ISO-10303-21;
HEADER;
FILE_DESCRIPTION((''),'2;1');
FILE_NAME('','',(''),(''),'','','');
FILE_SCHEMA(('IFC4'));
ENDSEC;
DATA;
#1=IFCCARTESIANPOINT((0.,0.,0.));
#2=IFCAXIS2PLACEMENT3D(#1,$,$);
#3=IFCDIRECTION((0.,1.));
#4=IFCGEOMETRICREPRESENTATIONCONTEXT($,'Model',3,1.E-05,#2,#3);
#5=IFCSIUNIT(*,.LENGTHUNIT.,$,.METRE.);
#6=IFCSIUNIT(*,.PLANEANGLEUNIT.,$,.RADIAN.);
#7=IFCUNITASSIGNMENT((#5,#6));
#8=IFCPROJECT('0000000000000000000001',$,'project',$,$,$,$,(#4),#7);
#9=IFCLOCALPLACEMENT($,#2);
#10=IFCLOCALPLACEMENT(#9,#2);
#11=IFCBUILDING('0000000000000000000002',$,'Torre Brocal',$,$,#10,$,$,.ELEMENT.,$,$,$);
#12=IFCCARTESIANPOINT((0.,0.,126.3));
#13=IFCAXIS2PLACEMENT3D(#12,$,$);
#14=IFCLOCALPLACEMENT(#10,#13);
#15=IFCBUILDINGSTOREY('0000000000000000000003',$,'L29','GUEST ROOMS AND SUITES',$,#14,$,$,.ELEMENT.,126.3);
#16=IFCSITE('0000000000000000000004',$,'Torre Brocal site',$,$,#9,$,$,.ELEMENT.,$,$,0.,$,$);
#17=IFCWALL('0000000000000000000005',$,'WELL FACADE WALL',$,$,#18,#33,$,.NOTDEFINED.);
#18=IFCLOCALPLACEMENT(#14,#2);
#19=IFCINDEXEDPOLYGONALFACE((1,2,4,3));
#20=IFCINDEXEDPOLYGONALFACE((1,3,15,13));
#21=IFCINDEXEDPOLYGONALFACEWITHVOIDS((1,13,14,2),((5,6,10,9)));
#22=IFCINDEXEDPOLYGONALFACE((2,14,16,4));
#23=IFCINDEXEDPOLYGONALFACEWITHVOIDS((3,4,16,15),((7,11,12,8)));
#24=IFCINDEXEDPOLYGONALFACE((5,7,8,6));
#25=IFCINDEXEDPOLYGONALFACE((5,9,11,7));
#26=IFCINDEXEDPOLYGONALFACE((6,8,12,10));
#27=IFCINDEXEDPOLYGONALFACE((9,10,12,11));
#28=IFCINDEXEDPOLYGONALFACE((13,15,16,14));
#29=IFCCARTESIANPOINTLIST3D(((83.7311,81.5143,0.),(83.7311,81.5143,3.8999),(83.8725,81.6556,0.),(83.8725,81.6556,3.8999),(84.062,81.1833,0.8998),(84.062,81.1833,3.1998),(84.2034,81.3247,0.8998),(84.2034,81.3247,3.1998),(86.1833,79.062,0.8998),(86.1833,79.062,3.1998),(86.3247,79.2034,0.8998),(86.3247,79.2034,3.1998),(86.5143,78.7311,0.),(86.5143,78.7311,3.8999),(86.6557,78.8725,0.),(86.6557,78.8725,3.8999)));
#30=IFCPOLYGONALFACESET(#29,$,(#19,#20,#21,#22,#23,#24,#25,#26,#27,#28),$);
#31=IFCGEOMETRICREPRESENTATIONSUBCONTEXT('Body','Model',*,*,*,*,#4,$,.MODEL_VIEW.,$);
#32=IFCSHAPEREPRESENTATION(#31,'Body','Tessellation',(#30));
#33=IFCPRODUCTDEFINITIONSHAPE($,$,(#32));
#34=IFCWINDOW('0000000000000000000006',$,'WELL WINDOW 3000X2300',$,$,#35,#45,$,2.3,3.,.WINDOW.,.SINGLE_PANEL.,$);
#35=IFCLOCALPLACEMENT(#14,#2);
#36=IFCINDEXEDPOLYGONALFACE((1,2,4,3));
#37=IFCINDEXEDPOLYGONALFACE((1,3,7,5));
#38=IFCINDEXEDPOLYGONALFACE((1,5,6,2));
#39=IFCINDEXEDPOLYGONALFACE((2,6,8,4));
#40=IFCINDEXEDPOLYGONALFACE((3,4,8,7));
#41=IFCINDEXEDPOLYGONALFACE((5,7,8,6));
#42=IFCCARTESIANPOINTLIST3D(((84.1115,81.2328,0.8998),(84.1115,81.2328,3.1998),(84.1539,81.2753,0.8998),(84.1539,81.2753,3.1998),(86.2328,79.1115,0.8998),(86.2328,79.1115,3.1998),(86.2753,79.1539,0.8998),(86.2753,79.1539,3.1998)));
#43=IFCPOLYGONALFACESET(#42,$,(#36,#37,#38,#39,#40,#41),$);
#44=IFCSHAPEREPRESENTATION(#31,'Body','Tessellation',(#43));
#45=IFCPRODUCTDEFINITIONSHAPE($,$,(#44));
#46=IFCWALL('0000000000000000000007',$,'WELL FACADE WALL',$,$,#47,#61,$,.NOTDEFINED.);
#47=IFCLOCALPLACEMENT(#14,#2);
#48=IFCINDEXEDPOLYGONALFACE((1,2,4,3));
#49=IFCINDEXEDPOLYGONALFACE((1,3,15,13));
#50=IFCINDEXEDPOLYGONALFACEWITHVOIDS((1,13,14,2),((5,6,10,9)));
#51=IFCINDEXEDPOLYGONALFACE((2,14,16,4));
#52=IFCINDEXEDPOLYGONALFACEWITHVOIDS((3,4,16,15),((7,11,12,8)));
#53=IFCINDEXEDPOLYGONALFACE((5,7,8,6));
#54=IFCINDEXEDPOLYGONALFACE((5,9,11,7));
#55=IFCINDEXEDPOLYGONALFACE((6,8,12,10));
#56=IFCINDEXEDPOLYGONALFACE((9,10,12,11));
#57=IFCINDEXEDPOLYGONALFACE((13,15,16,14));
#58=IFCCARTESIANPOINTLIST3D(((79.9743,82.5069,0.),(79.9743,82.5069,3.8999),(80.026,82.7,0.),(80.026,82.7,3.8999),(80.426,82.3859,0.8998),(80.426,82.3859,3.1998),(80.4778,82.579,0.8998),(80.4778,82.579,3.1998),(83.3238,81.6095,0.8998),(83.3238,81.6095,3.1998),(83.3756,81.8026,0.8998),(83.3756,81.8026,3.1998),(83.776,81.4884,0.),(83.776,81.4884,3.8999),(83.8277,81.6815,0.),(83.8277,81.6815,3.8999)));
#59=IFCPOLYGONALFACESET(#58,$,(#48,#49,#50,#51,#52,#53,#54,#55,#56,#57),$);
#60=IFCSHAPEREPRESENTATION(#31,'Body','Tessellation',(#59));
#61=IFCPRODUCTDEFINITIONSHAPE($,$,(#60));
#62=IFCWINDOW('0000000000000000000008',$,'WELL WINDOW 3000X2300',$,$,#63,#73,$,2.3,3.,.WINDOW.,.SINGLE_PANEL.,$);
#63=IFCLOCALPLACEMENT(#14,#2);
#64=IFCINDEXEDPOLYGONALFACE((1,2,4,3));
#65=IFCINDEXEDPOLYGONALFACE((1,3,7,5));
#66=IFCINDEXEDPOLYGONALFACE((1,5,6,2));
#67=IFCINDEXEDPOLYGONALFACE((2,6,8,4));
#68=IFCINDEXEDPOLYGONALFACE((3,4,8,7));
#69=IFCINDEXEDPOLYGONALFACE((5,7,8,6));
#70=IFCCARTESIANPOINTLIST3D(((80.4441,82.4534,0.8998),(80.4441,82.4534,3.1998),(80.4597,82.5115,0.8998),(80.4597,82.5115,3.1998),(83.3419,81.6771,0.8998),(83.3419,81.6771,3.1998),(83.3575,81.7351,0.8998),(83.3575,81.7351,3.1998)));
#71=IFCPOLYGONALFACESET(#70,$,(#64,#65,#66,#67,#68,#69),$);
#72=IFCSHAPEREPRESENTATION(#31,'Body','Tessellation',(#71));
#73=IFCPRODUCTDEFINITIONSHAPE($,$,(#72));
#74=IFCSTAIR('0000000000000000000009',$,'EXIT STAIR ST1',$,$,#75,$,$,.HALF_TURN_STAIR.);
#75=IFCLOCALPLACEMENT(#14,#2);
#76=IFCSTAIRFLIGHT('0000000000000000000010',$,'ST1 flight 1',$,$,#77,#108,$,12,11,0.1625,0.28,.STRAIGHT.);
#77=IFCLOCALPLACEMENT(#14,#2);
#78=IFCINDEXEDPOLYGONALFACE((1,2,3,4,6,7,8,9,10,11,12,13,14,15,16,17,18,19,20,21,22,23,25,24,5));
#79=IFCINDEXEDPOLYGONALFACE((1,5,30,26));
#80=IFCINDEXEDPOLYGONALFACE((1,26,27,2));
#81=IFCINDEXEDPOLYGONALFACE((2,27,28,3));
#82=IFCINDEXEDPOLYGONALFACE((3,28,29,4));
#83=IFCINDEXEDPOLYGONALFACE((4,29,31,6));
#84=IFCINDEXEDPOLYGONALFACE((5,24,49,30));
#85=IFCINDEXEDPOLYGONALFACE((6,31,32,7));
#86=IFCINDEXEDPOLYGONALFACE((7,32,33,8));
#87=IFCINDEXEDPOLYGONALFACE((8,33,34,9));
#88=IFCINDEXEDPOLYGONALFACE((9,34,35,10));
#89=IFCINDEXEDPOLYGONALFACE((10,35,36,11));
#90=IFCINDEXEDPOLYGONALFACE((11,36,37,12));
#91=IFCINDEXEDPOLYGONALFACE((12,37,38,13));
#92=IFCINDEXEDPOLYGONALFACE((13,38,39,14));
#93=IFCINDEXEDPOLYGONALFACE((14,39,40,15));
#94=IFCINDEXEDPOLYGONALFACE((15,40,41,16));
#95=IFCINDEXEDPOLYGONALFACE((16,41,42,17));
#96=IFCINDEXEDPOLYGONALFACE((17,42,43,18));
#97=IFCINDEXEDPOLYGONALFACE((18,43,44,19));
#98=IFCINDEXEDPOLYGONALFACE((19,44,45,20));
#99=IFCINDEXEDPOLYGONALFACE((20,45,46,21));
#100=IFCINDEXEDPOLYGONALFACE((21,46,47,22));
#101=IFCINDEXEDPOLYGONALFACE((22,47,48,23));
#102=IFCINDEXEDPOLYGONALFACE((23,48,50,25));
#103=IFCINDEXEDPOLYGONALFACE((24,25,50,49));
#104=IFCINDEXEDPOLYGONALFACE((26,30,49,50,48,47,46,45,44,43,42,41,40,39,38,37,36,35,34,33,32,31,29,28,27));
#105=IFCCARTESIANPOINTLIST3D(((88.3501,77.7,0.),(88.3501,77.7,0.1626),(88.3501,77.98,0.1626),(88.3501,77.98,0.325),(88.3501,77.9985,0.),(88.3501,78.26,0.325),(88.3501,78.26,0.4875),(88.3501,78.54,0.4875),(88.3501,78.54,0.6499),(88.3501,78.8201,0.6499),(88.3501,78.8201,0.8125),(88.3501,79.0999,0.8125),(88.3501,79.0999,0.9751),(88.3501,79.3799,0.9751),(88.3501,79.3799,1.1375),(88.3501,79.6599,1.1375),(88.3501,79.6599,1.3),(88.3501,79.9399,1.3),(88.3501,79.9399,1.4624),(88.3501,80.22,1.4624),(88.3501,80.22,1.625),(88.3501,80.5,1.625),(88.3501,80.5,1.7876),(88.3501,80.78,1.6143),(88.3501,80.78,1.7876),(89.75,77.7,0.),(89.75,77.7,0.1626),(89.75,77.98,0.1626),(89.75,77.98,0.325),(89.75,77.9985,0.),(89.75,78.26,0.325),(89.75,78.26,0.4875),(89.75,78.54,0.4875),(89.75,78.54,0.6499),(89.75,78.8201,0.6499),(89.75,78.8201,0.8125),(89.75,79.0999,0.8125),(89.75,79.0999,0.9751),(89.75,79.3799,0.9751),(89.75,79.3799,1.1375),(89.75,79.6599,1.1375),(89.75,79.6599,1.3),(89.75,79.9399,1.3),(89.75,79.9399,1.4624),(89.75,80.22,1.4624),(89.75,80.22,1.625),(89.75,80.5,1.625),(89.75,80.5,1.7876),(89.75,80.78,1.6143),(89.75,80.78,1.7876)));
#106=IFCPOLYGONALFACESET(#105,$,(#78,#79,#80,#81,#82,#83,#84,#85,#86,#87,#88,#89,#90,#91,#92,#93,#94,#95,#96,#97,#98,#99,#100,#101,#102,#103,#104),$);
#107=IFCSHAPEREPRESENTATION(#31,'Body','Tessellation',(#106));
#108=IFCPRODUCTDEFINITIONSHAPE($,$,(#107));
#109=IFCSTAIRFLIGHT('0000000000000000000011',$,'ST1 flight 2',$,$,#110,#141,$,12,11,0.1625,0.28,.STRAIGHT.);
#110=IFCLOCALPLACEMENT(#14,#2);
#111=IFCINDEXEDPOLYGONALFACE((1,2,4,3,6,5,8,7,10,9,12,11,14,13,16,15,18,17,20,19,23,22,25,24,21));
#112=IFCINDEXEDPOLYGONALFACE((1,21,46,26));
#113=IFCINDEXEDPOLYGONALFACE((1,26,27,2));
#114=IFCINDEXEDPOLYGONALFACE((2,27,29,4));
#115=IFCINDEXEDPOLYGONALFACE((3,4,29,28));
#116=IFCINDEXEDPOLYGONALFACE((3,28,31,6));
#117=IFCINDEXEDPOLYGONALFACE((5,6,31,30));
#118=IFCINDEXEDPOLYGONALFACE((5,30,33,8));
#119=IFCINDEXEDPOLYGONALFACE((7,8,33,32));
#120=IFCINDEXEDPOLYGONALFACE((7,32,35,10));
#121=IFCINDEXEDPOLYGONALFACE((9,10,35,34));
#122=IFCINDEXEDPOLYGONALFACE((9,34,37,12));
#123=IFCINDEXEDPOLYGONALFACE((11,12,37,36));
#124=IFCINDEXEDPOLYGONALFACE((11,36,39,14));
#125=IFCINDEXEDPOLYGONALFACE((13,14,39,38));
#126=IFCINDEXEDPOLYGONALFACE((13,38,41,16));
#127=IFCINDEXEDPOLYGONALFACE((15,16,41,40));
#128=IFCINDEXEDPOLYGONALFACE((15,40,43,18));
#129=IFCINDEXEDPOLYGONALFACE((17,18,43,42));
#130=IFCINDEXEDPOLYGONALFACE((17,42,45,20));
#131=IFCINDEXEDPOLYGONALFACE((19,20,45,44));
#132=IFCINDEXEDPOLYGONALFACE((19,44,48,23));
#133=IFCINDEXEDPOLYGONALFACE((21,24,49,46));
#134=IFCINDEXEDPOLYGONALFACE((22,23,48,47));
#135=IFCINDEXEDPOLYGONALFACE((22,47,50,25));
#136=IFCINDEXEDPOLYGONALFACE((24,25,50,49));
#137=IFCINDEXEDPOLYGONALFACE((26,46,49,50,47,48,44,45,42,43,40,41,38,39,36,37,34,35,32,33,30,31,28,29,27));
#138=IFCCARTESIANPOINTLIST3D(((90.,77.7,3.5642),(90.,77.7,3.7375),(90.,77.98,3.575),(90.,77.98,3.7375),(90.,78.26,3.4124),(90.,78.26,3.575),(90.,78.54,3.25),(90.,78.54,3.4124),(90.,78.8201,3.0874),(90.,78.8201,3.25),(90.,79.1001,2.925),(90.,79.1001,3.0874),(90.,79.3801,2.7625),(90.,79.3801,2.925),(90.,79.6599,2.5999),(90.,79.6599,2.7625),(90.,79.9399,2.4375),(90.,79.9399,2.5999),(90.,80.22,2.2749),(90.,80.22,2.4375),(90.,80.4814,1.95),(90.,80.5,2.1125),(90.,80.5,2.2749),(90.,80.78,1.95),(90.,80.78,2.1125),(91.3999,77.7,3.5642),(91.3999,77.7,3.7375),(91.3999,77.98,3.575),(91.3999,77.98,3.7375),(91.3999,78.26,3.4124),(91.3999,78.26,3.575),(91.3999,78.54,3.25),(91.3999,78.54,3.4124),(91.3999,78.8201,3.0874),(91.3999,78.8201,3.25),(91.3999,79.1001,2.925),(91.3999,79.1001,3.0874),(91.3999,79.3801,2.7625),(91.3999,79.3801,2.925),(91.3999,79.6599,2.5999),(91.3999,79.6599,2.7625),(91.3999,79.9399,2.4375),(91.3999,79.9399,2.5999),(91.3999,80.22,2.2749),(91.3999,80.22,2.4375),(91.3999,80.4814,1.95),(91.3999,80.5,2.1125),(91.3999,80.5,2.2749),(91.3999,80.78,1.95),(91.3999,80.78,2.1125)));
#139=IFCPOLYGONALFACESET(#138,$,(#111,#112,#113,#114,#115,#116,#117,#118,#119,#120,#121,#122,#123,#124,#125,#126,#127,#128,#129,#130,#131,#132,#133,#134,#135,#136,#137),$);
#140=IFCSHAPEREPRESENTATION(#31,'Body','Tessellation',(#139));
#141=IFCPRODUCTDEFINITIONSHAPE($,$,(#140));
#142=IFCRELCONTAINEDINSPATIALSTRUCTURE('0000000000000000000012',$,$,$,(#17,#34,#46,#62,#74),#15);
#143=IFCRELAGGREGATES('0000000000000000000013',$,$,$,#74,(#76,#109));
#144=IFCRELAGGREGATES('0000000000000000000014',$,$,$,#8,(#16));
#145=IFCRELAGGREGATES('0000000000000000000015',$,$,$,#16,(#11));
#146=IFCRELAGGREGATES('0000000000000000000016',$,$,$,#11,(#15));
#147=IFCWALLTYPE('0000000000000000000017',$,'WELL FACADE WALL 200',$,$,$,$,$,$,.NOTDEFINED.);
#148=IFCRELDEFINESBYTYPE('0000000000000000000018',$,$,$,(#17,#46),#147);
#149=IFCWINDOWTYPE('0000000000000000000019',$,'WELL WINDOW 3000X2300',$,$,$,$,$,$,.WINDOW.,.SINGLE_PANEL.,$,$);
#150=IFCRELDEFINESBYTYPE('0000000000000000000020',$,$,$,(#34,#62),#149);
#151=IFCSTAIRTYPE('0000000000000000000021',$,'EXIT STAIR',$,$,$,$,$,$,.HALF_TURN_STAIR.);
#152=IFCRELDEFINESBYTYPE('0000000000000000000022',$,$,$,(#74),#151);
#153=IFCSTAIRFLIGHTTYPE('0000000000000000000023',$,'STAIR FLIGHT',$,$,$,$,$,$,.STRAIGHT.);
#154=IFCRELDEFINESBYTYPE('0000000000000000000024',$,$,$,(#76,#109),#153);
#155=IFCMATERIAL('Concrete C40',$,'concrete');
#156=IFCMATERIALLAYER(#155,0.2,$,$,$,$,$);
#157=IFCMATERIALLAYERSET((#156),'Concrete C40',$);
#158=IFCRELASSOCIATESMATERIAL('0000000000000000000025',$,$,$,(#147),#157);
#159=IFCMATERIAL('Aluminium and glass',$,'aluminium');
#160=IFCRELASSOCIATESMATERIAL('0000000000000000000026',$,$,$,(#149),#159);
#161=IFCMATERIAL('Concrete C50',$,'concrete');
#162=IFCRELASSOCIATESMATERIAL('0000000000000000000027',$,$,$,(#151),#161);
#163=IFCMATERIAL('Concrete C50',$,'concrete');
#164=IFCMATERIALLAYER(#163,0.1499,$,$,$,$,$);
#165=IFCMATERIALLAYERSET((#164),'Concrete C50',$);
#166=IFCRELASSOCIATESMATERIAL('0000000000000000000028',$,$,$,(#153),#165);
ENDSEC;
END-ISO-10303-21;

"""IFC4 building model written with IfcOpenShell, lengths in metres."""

from ifc_helpers import new_model, si_unit, direction, frame, frame_2d, origin, place, context, subcontext, project, spatial, polyline, rectangle, outline, extrude, material, layer, layer_set, type_object, element, fill, aggregate, save


model = new_model("IFC4")

# Units and contexts
model_context = context("Model", 3, precision=1e-05, world=origin(), true_north=direction((0.0, 1.0)))
body_context = subcontext(model_context, "Body", "Model", "MODEL_VIEW")
ifc_project = project(units=[si_unit("LENGTHUNIT", "METRE"), si_unit("PLANEANGLEUNIT", "RADIAN")], contexts=[model_context])

# Site, building, storey
site_placement = place(None, origin())
site = spatial("IfcSite", under=ifc_project, at=site_placement, Name="Torre Brocal site", CompositionType="ELEMENT", RefElevation=0.0)
building_placement = place(site_placement, origin())
building = spatial("IfcBuilding", under=site, at=building_placement, Name="Torre Brocal", CompositionType="ELEMENT")
storey_placement = place(building_placement, frame((0.0, 0.0, 126.3)))
storey = spatial("IfcBuildingStorey", under=building, at=storey_placement, Name="L29", Description="GUEST ROOMS AND SUITES", CompositionType="ELEMENT", Elevation=126.3)

# Walls, openings, windows
ifc_material_1 = material(Name="Concrete C40", Category="concrete")
ifc_layer_1 = layer(ifc_material_1, 0.2)
ifc_layer_set_1 = layer_set([ifc_layer_1], Name="Concrete C40")
wall_type_1 = type_object("IfcWallType", Name="WELL FACADE WALL 200", PredefinedType="NOTDEFINED", material=ifc_layer_set_1)
wall_1_placement = place(storey_placement, frame((86.585, 78.8018, 0.0), z_axis=(0.0, 0.0, 1.0), x_axis=(-0.707107, 0.707107, 0.0)))
wall_1 = element("IfcWall", 1, at=wall_1_placement, inside=storey, type_object=wall_type_1, Name="WELL FACADE WALL", PredefinedType="NOTDEFINED", context=body_context, shape_type="SweptSolid", body=[
    extrude(rectangle(XDim=3.936, YDim=0.2, at=frame_2d((1.968, 0.0))), origin(), (0.0, 0.0, 1.0), 3.8999),
])
opening_1_placement = place(wall_1_placement, frame((0.468, 0.0, 0.8999)))
opening_1 = element("IfcOpeningElement", 2, at=opening_1_placement, cuts=wall_1, PredefinedType="OPENING", context=body_context, shape_type="SweptSolid", body=[
    extrude(rectangle(XDim=3.0, YDim=2.3, at=frame_2d((1.5, 1.1499))), frame((0.0, 0.1099, 0.0), z_axis=(0.0, -1.0, 0.0), x_axis=(1.0, 0.0, 0.0)), (0.0, 0.0, 1.0), 0.22),
])
ifc_material_2 = material(Name="Aluminium and glass", Category="aluminium")
window_type = type_object("IfcWindowType", Name="WELL WINDOW 3000X2300", PartitioningType="SINGLE_PANEL", PredefinedType="WINDOW", material=ifc_material_2)
window_1_placement = place(opening_1_placement, origin())
window_1 = element("IfcWindow", 3, at=window_1_placement, inside=storey, type_object=window_type, Name="WELL WINDOW 3000X2300", OverallHeight=2.3, OverallWidth=3.0, PartitioningType="SINGLE_PANEL", PredefinedType="WINDOW", context=body_context, shape_type="SweptSolid", body=[
    extrude(rectangle(XDim=3.0, YDim=2.3, at=frame_2d((1.5, 1.1499))), frame((0.0, 0.03, 0.0), z_axis=(0.0, -1.0, 0.0), x_axis=(1.0, 0.0, 0.0)), (0.0, 0.0, 1.0), 0.0601),
])
fill(opening_1, window_1)
wall_2_placement = place(storey_placement, frame((83.8018, 81.585, 0.0), z_axis=(0.0, 0.0, 1.0), x_axis=(-0.965934, 0.25879, 0.0)))
wall_2 = element("IfcWall", 4, at=wall_2_placement, inside=storey, type_object=wall_type_1, Name="WELL FACADE WALL", PredefinedType="NOTDEFINED", context=body_context, shape_type="SweptSolid", body=[
    extrude(rectangle(XDim=3.9358, YDim=0.2, at=frame_2d((1.9678, 0.0))), origin(), (0.0, 0.0, 1.0), 3.8999),
])
opening_2_placement = place(wall_2_placement, frame((0.468, 0.0, 0.8999)))
opening_2 = element("IfcOpeningElement", 5, at=opening_2_placement, cuts=wall_2, PredefinedType="OPENING", context=body_context, shape_type="SweptSolid", body=[
    extrude(rectangle(XDim=3.0, YDim=2.3, at=frame_2d((1.5, 1.1499))), frame((0.0, 0.1099, 0.0), z_axis=(0.0, -1.0, 0.0), x_axis=(1.0, 0.0, 0.0)), (0.0, 0.0, 1.0), 0.22),
])
window_2_placement = place(opening_2_placement, origin())
window_2 = element("IfcWindow", 6, at=window_2_placement, inside=storey, type_object=window_type, Name="WELL WINDOW 3000X2300", OverallHeight=2.3, OverallWidth=3.0, PartitioningType="SINGLE_PANEL", PredefinedType="WINDOW", context=body_context, shape_type="SweptSolid", body=[
    extrude(rectangle(XDim=3.0, YDim=2.3, at=frame_2d((1.5, 1.1499))), frame((0.0, 0.03, 0.0), z_axis=(0.0, -1.0, 0.0), x_axis=(1.0, 0.0, 0.0)), (0.0, 0.0, 1.0), 0.0601),
])
fill(opening_2, window_2)

# Stair, stair flights
ifc_material_3 = material(Name="Concrete C50", Category="concrete")
stair_type = type_object("IfcStairType", Name="EXIT STAIR", PredefinedType="HALF_TURN_STAIR", material=ifc_material_3)
stair_placement = place(storey_placement, origin())
stair = element("IfcStair", 7, at=stair_placement, inside=storey, type_object=stair_type, Name="EXIT STAIR ST1", PredefinedType="HALF_TURN_STAIR")
ifc_material_4 = material(Name="Concrete C50", Category="concrete")
ifc_layer_2 = layer(ifc_material_4, 0.1499)
ifc_layer_set_2 = layer_set([ifc_layer_2], Name="Concrete C50")
stair_flight_type = type_object("IfcStairFlightType", Name="STAIR FLIGHT", PredefinedType="STRAIGHT", material=ifc_layer_set_2)
stair_flight_1_placement = place(storey_placement, frame((89.05, 77.7, 0.0), z_axis=(0.0, 0.0, 1.0), x_axis=(0.0, 1.0, 0.0)))
stair_flight_1 = element("IfcStairFlight", 8, at=stair_flight_1_placement, type_object=stair_flight_type, Name="ST1 flight 1", NumberOfRisers=12, NumberOfTreads=11, PredefinedType="STRAIGHT", RiserHeight=0.1625, TreadLength=0.28, context=body_context, shape_type="SweptSolid", body=[
    extrude(outline(polyline([(0.0, 0.0), (0.0, 0.1626), (0.28, 0.1626), (0.28, 0.325), (0.5601, 0.325), (0.5601, 0.4875), (0.8401, 0.4875), (0.8401, 0.6499), (1.1201, 0.6499), (1.1201, 0.8125), (1.3999, 0.8125), (1.3999, 0.9751), (1.6799, 0.9751), (1.6799, 1.1375), (1.96, 1.1375), (1.96, 1.3), (2.24, 1.3), (2.24, 1.4624), (2.52, 1.4624), (2.52, 1.625), (2.8, 1.625), (2.8, 1.7876), (3.0801, 1.7876), (3.0801, 1.95), (3.0801, 1.6143), (0.2986, 0.0), (0.0, 0.0)])), frame((0.0, 0.7, 0.0), z_axis=(0.0, -1.0, 0.0), x_axis=(1.0, 0.0, 0.0)), (0.0, 0.0, 1.0), 1.3999),
])
stair_flight_2_placement = place(storey_placement, frame((90.7, 80.78, 1.95), z_axis=(0.0, 0.0, 1.0), x_axis=(0.0, -1.0, 0.0)))
stair_flight_2 = element("IfcStairFlight", 9, at=stair_flight_2_placement, type_object=stair_flight_type, Name="ST1 flight 2", NumberOfRisers=12, NumberOfTreads=11, PredefinedType="STRAIGHT", RiserHeight=0.1625, TreadLength=0.28, context=body_context, shape_type="SweptSolid", body=[
    extrude(outline(polyline([(0.0, 0.0), (0.0, 0.1626), (0.28, 0.1626), (0.28, 0.325), (0.5601, 0.325), (0.5601, 0.4875), (0.8401, 0.4875), (0.8401, 0.6499), (1.1201, 0.6499), (1.1201, 0.8125), (1.3999, 0.8125), (1.3999, 0.9751), (1.6799, 0.9751), (1.6799, 1.1375), (1.96, 1.1375), (1.96, 1.3), (2.24, 1.3), (2.24, 1.4624), (2.52, 1.4624), (2.52, 1.625), (2.8, 1.625), (2.8, 1.7876), (3.0801, 1.7876), (3.0801, 1.95), (3.0801, 1.6143), (0.2986, 0.0), (0.0, 0.0)])), frame((0.0, 0.7, 0.0), z_axis=(0.0, -1.0, 0.0), x_axis=(1.0, 0.0, 0.0)), (0.0, 0.0, 1.0), 1.3999),
])
aggregate(stair, [stair_flight_1, stair_flight_2])

save(model, "model.ifc")
